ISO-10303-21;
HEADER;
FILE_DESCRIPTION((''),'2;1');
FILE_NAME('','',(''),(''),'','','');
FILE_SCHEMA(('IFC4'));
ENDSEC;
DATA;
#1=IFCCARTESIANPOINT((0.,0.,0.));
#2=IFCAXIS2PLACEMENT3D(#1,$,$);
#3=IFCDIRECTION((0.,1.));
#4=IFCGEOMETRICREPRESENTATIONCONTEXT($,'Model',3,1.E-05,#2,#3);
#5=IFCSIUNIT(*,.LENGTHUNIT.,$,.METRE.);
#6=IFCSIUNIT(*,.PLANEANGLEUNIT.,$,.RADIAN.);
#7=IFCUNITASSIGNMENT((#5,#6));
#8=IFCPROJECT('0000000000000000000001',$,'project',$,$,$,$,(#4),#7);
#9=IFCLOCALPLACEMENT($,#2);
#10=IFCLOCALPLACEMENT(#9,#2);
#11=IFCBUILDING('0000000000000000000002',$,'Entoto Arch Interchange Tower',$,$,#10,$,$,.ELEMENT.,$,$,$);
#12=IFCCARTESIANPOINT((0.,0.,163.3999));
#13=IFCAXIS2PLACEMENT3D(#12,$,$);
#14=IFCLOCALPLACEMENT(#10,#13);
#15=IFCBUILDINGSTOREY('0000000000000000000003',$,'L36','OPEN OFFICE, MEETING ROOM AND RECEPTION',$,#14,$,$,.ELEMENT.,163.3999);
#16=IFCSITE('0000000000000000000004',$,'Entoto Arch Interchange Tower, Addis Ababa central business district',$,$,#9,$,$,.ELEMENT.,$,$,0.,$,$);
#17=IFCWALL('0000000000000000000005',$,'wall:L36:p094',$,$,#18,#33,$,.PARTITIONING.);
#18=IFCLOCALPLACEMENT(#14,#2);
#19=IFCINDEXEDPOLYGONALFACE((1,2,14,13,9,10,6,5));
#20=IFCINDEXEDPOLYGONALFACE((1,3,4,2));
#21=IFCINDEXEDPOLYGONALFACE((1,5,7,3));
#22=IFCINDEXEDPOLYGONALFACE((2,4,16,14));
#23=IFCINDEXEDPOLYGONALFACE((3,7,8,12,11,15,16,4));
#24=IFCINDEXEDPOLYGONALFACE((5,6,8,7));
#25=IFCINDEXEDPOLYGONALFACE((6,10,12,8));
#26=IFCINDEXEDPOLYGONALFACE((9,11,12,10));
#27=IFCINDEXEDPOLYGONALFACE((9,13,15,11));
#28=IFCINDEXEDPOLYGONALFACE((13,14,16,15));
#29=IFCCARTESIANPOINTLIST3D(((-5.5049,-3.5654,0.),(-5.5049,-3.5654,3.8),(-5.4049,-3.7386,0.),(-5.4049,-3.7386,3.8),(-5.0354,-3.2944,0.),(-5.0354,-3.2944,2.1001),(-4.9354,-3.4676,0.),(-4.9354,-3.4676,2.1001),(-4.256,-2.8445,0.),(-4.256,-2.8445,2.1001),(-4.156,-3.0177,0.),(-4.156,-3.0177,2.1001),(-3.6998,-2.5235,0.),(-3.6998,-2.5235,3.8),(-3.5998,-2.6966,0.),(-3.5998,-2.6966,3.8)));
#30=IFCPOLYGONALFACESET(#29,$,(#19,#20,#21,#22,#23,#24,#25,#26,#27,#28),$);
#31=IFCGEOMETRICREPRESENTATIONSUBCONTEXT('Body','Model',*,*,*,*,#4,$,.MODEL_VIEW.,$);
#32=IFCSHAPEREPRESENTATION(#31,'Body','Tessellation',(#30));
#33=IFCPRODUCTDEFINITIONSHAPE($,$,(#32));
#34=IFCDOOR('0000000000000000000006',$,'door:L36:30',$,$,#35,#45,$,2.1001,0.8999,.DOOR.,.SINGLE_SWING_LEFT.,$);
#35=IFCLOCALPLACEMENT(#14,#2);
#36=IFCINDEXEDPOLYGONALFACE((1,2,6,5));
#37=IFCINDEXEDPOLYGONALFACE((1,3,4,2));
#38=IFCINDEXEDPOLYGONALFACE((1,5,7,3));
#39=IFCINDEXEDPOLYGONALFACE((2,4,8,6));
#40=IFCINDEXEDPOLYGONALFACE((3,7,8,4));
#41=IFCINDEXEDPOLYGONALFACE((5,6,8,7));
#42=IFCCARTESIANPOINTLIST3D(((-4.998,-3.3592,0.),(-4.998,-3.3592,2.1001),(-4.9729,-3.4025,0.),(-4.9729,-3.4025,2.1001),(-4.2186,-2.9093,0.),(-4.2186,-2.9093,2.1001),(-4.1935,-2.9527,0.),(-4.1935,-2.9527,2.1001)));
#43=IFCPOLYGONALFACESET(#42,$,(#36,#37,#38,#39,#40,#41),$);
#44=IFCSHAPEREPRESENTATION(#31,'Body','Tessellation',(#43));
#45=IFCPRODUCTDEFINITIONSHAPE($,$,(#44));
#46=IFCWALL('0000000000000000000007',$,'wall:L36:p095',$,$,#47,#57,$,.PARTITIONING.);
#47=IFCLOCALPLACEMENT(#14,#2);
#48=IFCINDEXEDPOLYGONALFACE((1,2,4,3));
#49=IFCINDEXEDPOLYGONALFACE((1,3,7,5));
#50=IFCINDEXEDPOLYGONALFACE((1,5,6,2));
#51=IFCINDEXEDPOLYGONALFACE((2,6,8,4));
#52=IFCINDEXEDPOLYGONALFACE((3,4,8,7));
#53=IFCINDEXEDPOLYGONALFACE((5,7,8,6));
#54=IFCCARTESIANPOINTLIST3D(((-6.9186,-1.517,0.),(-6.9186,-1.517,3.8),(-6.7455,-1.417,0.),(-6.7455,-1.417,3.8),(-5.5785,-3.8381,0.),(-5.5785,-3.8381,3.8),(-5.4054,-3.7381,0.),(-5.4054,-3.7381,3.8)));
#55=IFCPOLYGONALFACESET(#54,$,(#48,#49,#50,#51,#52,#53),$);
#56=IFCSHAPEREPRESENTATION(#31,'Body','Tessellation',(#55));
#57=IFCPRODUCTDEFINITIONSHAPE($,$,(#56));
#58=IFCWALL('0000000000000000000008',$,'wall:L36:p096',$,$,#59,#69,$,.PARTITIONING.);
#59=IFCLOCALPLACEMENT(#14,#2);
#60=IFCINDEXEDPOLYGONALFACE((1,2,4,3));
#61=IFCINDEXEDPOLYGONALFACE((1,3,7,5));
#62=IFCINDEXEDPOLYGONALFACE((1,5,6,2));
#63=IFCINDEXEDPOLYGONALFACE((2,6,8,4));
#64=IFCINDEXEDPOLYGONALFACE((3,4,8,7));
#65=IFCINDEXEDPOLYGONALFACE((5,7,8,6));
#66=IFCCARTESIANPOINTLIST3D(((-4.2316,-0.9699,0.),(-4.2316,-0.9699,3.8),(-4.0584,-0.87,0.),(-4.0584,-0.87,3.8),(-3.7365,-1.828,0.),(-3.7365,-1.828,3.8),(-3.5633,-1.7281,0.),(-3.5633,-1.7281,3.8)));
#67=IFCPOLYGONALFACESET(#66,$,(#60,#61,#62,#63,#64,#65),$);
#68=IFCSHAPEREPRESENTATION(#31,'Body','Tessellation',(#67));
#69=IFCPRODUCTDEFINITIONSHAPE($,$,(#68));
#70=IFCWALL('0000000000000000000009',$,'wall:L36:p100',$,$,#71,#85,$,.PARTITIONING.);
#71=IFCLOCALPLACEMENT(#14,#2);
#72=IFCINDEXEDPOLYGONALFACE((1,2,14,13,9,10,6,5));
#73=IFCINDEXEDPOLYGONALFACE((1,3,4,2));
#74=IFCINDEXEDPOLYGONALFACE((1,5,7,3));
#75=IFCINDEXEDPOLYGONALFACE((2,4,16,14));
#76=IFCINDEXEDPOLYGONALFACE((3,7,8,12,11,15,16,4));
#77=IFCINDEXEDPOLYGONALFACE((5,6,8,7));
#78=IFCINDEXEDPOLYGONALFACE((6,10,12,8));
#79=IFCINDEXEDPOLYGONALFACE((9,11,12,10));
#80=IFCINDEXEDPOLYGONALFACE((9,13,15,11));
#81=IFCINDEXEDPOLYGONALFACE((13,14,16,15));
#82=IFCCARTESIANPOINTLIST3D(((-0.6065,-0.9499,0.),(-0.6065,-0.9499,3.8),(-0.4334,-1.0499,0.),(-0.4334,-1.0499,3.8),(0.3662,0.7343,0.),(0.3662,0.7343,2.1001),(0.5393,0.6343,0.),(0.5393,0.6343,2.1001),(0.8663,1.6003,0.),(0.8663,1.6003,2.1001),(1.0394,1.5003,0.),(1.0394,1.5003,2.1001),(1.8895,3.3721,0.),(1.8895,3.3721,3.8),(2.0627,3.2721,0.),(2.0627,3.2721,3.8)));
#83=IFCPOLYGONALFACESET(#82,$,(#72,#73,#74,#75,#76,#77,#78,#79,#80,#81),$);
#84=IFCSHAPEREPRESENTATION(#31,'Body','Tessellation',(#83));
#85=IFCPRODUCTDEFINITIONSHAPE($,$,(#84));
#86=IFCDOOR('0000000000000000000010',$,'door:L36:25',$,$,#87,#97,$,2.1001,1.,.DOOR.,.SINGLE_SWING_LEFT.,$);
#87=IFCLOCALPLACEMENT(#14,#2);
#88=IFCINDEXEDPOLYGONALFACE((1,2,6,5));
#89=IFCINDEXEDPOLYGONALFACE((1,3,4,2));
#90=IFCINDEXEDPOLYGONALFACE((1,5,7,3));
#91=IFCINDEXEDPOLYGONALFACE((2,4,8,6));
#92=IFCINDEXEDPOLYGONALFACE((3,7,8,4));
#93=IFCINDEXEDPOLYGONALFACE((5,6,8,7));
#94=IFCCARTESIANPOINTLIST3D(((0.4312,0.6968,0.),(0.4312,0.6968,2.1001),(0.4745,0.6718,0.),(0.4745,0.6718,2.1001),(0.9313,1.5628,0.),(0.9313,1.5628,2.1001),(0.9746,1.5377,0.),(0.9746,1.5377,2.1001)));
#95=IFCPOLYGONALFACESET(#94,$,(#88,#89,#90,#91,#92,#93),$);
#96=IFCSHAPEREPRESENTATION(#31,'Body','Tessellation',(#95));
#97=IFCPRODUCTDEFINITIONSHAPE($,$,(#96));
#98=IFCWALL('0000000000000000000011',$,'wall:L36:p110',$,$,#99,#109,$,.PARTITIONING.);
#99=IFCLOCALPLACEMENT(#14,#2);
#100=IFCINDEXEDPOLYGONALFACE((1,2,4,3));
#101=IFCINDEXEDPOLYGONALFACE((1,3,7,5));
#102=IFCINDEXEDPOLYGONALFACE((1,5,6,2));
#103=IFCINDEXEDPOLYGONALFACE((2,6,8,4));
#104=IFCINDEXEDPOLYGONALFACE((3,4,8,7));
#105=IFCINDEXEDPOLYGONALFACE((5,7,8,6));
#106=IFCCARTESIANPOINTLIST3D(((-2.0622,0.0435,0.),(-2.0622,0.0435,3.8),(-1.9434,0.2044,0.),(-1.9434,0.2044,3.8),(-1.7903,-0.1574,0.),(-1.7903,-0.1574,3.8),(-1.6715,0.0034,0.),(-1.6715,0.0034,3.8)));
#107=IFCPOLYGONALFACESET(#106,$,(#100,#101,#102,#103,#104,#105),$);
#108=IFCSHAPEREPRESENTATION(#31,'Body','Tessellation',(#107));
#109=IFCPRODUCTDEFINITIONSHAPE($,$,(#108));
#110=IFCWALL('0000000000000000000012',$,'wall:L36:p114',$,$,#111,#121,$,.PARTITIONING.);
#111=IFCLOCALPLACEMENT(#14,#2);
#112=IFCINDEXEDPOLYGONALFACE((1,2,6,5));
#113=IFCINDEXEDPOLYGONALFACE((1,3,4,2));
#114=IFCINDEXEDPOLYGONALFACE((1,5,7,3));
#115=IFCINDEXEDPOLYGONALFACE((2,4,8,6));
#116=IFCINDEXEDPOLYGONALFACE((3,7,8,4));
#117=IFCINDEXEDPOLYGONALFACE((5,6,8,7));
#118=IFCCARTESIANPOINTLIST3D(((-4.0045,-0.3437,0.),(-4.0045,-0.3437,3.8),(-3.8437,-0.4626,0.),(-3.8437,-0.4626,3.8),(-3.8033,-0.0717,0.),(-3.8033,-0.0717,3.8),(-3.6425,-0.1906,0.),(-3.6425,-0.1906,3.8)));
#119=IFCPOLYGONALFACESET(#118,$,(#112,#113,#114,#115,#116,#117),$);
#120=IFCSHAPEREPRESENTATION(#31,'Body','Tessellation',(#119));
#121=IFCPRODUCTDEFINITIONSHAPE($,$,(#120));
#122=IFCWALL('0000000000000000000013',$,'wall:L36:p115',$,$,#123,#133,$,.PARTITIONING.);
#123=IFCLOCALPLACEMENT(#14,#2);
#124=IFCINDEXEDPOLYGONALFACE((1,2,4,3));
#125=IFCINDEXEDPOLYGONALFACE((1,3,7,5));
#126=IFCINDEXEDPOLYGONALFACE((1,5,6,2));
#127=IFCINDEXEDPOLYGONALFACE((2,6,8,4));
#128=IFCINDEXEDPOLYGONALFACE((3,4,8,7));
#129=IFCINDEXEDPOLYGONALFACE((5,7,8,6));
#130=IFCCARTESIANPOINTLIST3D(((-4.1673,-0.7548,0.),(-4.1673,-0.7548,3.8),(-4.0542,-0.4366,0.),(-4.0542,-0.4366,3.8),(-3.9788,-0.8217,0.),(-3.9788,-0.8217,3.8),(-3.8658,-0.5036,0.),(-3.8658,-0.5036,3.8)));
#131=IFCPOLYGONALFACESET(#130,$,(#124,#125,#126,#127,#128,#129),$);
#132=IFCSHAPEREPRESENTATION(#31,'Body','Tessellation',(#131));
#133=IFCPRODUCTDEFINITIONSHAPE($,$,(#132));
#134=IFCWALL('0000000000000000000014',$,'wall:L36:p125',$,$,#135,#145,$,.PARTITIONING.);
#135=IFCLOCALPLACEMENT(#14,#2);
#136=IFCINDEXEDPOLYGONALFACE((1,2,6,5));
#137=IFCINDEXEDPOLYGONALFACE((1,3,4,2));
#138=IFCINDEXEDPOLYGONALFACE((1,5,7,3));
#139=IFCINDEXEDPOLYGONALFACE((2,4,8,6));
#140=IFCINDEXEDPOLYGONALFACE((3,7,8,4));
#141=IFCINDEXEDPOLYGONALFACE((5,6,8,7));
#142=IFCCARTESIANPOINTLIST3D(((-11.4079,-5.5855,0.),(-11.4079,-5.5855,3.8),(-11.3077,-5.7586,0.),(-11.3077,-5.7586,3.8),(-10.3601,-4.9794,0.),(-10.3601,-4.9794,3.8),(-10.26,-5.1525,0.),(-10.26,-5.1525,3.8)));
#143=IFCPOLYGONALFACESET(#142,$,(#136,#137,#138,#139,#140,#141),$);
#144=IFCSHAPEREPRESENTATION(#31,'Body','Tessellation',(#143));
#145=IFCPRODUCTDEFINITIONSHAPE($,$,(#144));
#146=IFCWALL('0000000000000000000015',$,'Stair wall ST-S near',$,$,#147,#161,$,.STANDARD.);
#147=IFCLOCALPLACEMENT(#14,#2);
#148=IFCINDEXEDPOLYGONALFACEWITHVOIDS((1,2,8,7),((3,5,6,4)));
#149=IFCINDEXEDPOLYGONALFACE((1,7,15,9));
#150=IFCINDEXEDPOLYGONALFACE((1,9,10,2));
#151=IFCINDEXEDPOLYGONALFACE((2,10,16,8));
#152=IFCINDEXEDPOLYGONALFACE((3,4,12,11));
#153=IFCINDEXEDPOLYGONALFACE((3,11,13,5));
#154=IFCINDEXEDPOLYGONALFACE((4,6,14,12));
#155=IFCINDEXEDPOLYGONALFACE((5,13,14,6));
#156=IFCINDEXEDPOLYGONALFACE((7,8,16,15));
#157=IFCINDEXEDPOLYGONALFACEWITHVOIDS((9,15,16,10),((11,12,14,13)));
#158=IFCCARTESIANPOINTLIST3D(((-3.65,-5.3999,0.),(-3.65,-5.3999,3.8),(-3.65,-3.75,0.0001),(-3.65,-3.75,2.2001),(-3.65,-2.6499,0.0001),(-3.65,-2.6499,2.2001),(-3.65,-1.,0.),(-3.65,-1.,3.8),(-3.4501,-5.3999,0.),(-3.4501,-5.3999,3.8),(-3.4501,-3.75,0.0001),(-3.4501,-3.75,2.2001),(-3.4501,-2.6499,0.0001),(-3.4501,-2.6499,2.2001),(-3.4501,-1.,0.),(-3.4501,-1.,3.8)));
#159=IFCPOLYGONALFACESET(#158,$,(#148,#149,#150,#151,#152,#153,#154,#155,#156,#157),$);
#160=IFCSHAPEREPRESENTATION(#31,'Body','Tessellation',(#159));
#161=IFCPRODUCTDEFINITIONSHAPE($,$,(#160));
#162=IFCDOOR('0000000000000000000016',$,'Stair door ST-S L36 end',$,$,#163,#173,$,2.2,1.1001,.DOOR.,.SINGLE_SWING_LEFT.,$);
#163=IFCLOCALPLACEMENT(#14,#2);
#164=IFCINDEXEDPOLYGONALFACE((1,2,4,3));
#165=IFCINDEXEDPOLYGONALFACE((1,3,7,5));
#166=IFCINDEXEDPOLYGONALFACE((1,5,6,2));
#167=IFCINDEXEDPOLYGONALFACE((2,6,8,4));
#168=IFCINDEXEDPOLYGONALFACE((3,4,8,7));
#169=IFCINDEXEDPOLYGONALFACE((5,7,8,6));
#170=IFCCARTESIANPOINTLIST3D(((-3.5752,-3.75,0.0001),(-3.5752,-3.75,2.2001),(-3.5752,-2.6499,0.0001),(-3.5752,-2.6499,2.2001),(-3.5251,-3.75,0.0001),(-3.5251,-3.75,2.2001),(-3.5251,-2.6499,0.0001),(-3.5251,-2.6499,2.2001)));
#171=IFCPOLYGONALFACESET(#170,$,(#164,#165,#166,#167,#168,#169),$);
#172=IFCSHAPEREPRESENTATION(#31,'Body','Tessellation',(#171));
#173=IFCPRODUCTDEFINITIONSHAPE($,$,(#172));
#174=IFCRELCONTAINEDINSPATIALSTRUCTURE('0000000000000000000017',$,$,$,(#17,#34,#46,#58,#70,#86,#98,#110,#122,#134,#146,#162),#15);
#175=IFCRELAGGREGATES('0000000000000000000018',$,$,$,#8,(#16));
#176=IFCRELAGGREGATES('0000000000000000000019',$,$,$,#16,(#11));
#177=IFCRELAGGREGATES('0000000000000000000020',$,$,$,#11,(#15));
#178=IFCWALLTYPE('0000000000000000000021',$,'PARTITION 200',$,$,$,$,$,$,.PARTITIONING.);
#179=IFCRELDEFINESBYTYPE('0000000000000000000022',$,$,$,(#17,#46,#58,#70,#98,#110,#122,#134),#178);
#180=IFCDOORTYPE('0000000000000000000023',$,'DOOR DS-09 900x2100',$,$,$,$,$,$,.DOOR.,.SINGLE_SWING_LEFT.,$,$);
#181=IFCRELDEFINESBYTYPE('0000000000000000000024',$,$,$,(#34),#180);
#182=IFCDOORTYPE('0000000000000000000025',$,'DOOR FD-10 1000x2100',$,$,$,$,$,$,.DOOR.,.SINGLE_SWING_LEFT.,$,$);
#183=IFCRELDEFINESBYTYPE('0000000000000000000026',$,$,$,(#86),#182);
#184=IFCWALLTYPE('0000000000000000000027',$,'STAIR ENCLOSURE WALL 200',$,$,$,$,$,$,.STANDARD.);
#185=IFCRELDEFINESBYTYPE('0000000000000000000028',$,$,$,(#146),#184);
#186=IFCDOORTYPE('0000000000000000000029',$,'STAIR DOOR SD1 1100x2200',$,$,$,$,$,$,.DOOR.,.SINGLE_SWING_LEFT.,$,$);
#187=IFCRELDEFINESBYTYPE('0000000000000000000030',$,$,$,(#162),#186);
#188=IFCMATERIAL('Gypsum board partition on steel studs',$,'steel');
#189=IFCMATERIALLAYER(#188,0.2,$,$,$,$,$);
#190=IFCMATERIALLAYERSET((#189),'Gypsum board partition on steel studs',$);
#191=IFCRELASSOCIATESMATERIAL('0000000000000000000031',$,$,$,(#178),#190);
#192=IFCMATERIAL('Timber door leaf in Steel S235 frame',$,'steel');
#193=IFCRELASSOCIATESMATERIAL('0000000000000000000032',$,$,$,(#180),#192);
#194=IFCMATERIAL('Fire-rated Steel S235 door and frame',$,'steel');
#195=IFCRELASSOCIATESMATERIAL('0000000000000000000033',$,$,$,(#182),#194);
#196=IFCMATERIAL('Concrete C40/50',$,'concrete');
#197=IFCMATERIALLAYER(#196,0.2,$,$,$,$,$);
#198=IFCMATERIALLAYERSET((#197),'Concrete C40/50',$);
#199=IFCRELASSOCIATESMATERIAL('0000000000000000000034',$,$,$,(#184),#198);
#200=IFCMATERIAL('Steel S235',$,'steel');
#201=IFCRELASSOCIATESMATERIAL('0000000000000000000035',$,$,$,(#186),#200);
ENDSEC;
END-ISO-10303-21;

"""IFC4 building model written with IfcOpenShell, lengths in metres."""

from ifc_helpers import new_model, si_unit, direction, frame, frame_2d, origin, place, context, subcontext, project, spatial, rectangle, extrude, material, layer, layer_set, type_object, element, fill, save


model = new_model("IFC4")

# Units and contexts
model_context = context("Model", 3, precision=1e-05, world=origin(), true_north=direction((0.0, 1.0)))
body_context = subcontext(model_context, "Body", "Model", "MODEL_VIEW")
ifc_project = project(units=[si_unit("LENGTHUNIT", "METRE"), si_unit("PLANEANGLEUNIT", "RADIAN")], contexts=[model_context])

# Site, building, storey
site_placement = place(None, origin())
site = spatial("IfcSite", under=ifc_project, at=site_placement, Name="Entoto Arch Interchange Tower, Addis Ababa central business district", CompositionType="ELEMENT", RefElevation=0.0)
building_placement = place(site_placement, origin())
building = spatial("IfcBuilding", under=site, at=building_placement, Name="Entoto Arch Interchange Tower", CompositionType="ELEMENT")
storey_placement = place(building_placement, frame((0.0, 0.0, 163.3999)))
storey = spatial("IfcBuildingStorey", under=building, at=storey_placement, Name="L36", Description="OPEN OFFICE, MEETING ROOM AND RECEPTION", CompositionType="ELEMENT", Elevation=163.3999)

# Shared definitions
ifc_material_1 = material(Name="Concrete C40/50", Category="concrete")

# Shared definitions
ifc_material_2 = material(Name="Gypsum board partition on steel studs", Category="steel")
ifc_layer_1 = layer(ifc_material_2, 0.2)
ifc_layer_set_1 = layer_set([ifc_layer_1], Name="Gypsum board partition on steel studs")
wall_type_1 = type_object("IfcWallType", Name="PARTITION 200", PredefinedType="PARTITIONING", material=ifc_layer_set_1)

# Wall, opening, door
wall_1_placement = place(storey_placement, frame((-3.6499, -2.6101, 0.0), z_axis=(0.0, 0.0, 1.0), x_axis=(-0.866072, -0.499918, 0.0)))
wall_1 = element("IfcWall", 1, at=wall_1_placement, inside=storey, type_object=wall_type_1, Name="wall:L36:p094", PredefinedType="PARTITIONING", context=body_context, shape_type="SweptSolid", body=[
    extrude(rectangle(XDim=2.0842, YDim=0.2, at=frame_2d((1.042, 0.0))), origin(), (0.0, 0.0, 1.0), 3.8),
])
opening_1_placement = place(wall_1_placement, frame((0.6421, 0.0, 0.0)))
opening_1 = element("IfcOpeningElement", 2, at=opening_1_placement, cuts=wall_1, PredefinedType="OPENING", context=body_context, shape_type="SweptSolid", body=[
    extrude(rectangle(XDim=0.8999, YDim=2.1001, at=frame_2d((0.45, 1.05))), frame((0.0, 0.1099, 0.0), z_axis=(0.0, -1.0, 0.0), x_axis=(1.0, 0.0, 0.0)), (0.0, 0.0, 1.0), 0.22),
])
ifc_material_3 = material(Name="Timber door leaf in Steel S235 frame", Category="steel")
door_type_1 = type_object("IfcDoorType", Name="DOOR DS-09 900x2100", OperationType="SINGLE_SWING_LEFT", PredefinedType="DOOR", material=ifc_material_3)
door_1_placement = place(opening_1_placement, origin())
door_1 = element("IfcDoor", 3, at=door_1_placement, inside=storey, type_object=door_type_1, Name="door:L36:30", OperationType="SINGLE_SWING_LEFT", OverallHeight=2.1001, OverallWidth=0.8999, PredefinedType="DOOR", context=body_context, shape_type="SweptSolid", body=[
    extrude(rectangle(XDim=0.8999, YDim=2.1001, at=frame_2d((0.45, 1.05))), frame((0.0, 0.0249, 0.0), z_axis=(0.0, -1.0, 0.0), x_axis=(1.0, 0.0, 0.0)), (0.0, 0.0, 1.0), 0.05),
])
fill(opening_1, door_1)

# Walls
wall_2_placement = place(storey_placement, frame((-5.4919, -3.7881, 0.0), z_axis=(0.0, 0.0, 1.0), x_axis=(-0.500009, 0.86602, 0.0)))
element("IfcWall", 4, at=wall_2_placement, inside=storey, type_object=wall_type_1, Name="wall:L36:p095", PredefinedType="PARTITIONING", context=body_context, shape_type="SweptSolid", body=[
    extrude(rectangle(XDim=2.6802, YDim=0.2, at=frame_2d((1.3401, 0.0))), origin(), (0.0, 0.0, 1.0), 3.8),
])
wall_3_placement = place(storey_placement, frame((-4.145, -0.9199, 0.0), z_axis=(0.0, 0.0, 1.0), x_axis=(0.499744, -0.866173, 0.0)))
element("IfcWall", 5, at=wall_3_placement, inside=storey, type_object=wall_type_1, Name="wall:L36:p096", PredefinedType="PARTITIONING", context=body_context, shape_type="SweptSolid", body=[
    extrude(rectangle(XDim=0.9907, YDim=0.2, at=frame_2d((0.4954, 0.0))), origin(), (0.0, 0.0, 1.0), 3.8),
])

# Wall, opening, door
wall_4_placement = place(storey_placement, frame((-0.52, -1.0, 0.0), z_axis=(0.0, 0.0, 1.0), x_axis=(0.500116, 0.865958, 0.0)))
wall_4 = element("IfcWall", 6, at=wall_4_placement, inside=storey, type_object=wall_type_1, Name="wall:L36:p100", PredefinedType="PARTITIONING", context=body_context, shape_type="SweptSolid", body=[
    extrude(rectangle(XDim=4.991, YDim=0.2, at=frame_2d((2.4956, 0.0))), origin(), (0.0, 0.0, 1.0), 3.8),
])
opening_2_placement = place(wall_4_placement, frame((1.9451, 0.0, 0.0)))
opening_2 = element("IfcOpeningElement", 7, at=opening_2_placement, cuts=wall_4, PredefinedType="OPENING", context=body_context, shape_type="SweptSolid", body=[
    extrude(rectangle(XDim=1.0, YDim=2.1001, at=frame_2d((0.5, 1.05))), frame((0.0, 0.1099, 0.0), z_axis=(0.0, -1.0, 0.0), x_axis=(1.0, 0.0, 0.0)), (0.0, 0.0, 1.0), 0.22),
])
ifc_material_4 = material(Name="Fire-rated Steel S235 door and frame", Category="steel")
door_type_2 = type_object("IfcDoorType", Name="DOOR FD-10 1000x2100", OperationType="SINGLE_SWING_LEFT", PredefinedType="DOOR", material=ifc_material_4)
door_2_placement = place(opening_2_placement, origin())
door_2 = element("IfcDoor", 8, at=door_2_placement, inside=storey, type_object=door_type_2, Name="door:L36:25", OperationType="SINGLE_SWING_LEFT", OverallHeight=2.1001, OverallWidth=1.0, PredefinedType="DOOR", context=body_context, shape_type="SweptSolid", body=[
    extrude(rectangle(XDim=1.0, YDim=2.1001, at=frame_2d((0.5, 1.05))), frame((0.0, 0.0249, 0.0), z_axis=(0.0, -1.0, 0.0), x_axis=(1.0, 0.0, 0.0)), (0.0, 0.0, 1.0), 0.05),
])
fill(opening_2, door_2)

# Walls
wall_5_placement = place(storey_placement, frame((-1.731, -0.0769, 0.0), z_axis=(0.0, 0.0, 1.0), x_axis=(-0.804311, 0.594208, 0.0)))
element("IfcWall", 9, at=wall_5_placement, inside=storey, type_object=wall_type_1, Name="wall:L36:p110", PredefinedType="PARTITIONING", context=body_context, shape_type="SweptSolid", body=[
    extrude(rectangle(XDim=0.3381, YDim=0.2, at=frame_2d((0.1689, 0.0))), origin(), (0.0, 0.0, 1.0), 3.8),
])
wall_6_placement = place(storey_placement, frame((-3.7229, -0.1311, 0.0), z_axis=(0.0, 0.0, 1.0), x_axis=(-0.594675, -0.803966, 0.0)))
element("IfcWall", 10, at=wall_6_placement, inside=storey, type_object=wall_type_1, Name="wall:L36:p114", PredefinedType="PARTITIONING", context=body_context, shape_type="SweptSolid", body=[
    extrude(rectangle(XDim=0.3384, YDim=0.2, at=frame_2d((0.1692, 0.0))), origin(), (0.0, 0.0, 1.0), 3.8),
])
wall_7_placement = place(storey_placement, frame((-3.96, -0.47, 0.0), z_axis=(0.0, 0.0, 1.0), x_axis=(-0.334824, -0.942281, 0.0)))
element("IfcWall", 11, at=wall_7_placement, inside=storey, type_object=wall_type_1, Name="wall:L36:p115", PredefinedType="PARTITIONING", context=body_context, shape_type="SweptSolid", body=[
    extrude(rectangle(XDim=0.3376, YDim=0.2, at=frame_2d((0.1689, 0.0))), origin(), (0.0, 0.0, 1.0), 3.8),
])
wall_8_placement = place(storey_placement, frame((-10.3101, -5.0659, 0.0), z_axis=(0.0, 0.0, 1.0), x_axis=(-0.865587, -0.500758, 0.0)))
element("IfcWall", 12, at=wall_8_placement, inside=storey, type_object=wall_type_1, Name="wall:L36:p125", PredefinedType="PARTITIONING", context=body_context, shape_type="SweptSolid", body=[
    extrude(rectangle(XDim=1.2104, YDim=0.2, at=frame_2d((0.6052, 0.0))), origin(), (0.0, 0.0, 1.0), 3.8),
])

# Wall, opening, door
ifc_layer_2 = layer(ifc_material_1, 0.2)
ifc_layer_set_2 = layer_set([ifc_layer_2], Name="Concrete C40/50")
wall_type_2 = type_object("IfcWallType", Name="STAIR ENCLOSURE WALL 200", PredefinedType="STANDARD", material=ifc_layer_set_2)
wall_9_placement = place(storey_placement, frame((-3.55, -1.0, 0.0), z_axis=(0.0, 0.0, 1.0), x_axis=(0.0, -1.0, 0.0)))
wall_9 = element("IfcWall", 13, at=wall_9_placement, inside=storey, type_object=wall_type_2, Name="Stair wall ST-S near", PredefinedType="STANDARD", context=body_context, shape_type="SweptSolid", body=[
    extrude(rectangle(XDim=4.3999, YDim=0.2, at=frame_2d((2.2, 0.0))), origin(), (0.0, 0.0, 1.0), 3.8),
])
opening_3_placement = place(wall_9_placement, frame((1.6499, 0.0, 0.0)))
opening_3 = element("IfcOpeningElement", 14, at=opening_3_placement, cuts=wall_9, PredefinedType="OPENING", context=body_context, shape_type="SweptSolid", body=[
    extrude(rectangle(XDim=1.1001, YDim=2.2, at=frame_2d((0.55, 1.1001))), frame((0.0, 0.1099, 0.0), z_axis=(0.0, -1.0, 0.0), x_axis=(1.0, 0.0, 0.0)), (0.0, 0.0, 1.0), 0.22),
])
ifc_material_5 = material(Name="Steel S235", Category="steel")
door_type_3 = type_object("IfcDoorType", Name="STAIR DOOR SD1 1100x2200", OperationType="SINGLE_SWING_LEFT", PredefinedType="DOOR", material=ifc_material_5)
door_3_placement = place(opening_3_placement, origin())
door_3 = element("IfcDoor", 15, at=door_3_placement, inside=storey, type_object=door_type_3, Name="Stair door ST-S L36 end", OperationType="SINGLE_SWING_LEFT", OverallHeight=2.2, OverallWidth=1.1001, PredefinedType="DOOR", context=body_context, shape_type="SweptSolid", body=[
    extrude(rectangle(XDim=1.1001, YDim=2.2, at=frame_2d((0.55, 1.1001))), frame((0.0, 0.0249, 0.0), z_axis=(0.0, -1.0, 0.0), x_axis=(1.0, 0.0, 0.0)), (0.0, 0.0, 1.0), 0.05),
])
fill(opening_3, door_3)

save(model, "model.ifc")
